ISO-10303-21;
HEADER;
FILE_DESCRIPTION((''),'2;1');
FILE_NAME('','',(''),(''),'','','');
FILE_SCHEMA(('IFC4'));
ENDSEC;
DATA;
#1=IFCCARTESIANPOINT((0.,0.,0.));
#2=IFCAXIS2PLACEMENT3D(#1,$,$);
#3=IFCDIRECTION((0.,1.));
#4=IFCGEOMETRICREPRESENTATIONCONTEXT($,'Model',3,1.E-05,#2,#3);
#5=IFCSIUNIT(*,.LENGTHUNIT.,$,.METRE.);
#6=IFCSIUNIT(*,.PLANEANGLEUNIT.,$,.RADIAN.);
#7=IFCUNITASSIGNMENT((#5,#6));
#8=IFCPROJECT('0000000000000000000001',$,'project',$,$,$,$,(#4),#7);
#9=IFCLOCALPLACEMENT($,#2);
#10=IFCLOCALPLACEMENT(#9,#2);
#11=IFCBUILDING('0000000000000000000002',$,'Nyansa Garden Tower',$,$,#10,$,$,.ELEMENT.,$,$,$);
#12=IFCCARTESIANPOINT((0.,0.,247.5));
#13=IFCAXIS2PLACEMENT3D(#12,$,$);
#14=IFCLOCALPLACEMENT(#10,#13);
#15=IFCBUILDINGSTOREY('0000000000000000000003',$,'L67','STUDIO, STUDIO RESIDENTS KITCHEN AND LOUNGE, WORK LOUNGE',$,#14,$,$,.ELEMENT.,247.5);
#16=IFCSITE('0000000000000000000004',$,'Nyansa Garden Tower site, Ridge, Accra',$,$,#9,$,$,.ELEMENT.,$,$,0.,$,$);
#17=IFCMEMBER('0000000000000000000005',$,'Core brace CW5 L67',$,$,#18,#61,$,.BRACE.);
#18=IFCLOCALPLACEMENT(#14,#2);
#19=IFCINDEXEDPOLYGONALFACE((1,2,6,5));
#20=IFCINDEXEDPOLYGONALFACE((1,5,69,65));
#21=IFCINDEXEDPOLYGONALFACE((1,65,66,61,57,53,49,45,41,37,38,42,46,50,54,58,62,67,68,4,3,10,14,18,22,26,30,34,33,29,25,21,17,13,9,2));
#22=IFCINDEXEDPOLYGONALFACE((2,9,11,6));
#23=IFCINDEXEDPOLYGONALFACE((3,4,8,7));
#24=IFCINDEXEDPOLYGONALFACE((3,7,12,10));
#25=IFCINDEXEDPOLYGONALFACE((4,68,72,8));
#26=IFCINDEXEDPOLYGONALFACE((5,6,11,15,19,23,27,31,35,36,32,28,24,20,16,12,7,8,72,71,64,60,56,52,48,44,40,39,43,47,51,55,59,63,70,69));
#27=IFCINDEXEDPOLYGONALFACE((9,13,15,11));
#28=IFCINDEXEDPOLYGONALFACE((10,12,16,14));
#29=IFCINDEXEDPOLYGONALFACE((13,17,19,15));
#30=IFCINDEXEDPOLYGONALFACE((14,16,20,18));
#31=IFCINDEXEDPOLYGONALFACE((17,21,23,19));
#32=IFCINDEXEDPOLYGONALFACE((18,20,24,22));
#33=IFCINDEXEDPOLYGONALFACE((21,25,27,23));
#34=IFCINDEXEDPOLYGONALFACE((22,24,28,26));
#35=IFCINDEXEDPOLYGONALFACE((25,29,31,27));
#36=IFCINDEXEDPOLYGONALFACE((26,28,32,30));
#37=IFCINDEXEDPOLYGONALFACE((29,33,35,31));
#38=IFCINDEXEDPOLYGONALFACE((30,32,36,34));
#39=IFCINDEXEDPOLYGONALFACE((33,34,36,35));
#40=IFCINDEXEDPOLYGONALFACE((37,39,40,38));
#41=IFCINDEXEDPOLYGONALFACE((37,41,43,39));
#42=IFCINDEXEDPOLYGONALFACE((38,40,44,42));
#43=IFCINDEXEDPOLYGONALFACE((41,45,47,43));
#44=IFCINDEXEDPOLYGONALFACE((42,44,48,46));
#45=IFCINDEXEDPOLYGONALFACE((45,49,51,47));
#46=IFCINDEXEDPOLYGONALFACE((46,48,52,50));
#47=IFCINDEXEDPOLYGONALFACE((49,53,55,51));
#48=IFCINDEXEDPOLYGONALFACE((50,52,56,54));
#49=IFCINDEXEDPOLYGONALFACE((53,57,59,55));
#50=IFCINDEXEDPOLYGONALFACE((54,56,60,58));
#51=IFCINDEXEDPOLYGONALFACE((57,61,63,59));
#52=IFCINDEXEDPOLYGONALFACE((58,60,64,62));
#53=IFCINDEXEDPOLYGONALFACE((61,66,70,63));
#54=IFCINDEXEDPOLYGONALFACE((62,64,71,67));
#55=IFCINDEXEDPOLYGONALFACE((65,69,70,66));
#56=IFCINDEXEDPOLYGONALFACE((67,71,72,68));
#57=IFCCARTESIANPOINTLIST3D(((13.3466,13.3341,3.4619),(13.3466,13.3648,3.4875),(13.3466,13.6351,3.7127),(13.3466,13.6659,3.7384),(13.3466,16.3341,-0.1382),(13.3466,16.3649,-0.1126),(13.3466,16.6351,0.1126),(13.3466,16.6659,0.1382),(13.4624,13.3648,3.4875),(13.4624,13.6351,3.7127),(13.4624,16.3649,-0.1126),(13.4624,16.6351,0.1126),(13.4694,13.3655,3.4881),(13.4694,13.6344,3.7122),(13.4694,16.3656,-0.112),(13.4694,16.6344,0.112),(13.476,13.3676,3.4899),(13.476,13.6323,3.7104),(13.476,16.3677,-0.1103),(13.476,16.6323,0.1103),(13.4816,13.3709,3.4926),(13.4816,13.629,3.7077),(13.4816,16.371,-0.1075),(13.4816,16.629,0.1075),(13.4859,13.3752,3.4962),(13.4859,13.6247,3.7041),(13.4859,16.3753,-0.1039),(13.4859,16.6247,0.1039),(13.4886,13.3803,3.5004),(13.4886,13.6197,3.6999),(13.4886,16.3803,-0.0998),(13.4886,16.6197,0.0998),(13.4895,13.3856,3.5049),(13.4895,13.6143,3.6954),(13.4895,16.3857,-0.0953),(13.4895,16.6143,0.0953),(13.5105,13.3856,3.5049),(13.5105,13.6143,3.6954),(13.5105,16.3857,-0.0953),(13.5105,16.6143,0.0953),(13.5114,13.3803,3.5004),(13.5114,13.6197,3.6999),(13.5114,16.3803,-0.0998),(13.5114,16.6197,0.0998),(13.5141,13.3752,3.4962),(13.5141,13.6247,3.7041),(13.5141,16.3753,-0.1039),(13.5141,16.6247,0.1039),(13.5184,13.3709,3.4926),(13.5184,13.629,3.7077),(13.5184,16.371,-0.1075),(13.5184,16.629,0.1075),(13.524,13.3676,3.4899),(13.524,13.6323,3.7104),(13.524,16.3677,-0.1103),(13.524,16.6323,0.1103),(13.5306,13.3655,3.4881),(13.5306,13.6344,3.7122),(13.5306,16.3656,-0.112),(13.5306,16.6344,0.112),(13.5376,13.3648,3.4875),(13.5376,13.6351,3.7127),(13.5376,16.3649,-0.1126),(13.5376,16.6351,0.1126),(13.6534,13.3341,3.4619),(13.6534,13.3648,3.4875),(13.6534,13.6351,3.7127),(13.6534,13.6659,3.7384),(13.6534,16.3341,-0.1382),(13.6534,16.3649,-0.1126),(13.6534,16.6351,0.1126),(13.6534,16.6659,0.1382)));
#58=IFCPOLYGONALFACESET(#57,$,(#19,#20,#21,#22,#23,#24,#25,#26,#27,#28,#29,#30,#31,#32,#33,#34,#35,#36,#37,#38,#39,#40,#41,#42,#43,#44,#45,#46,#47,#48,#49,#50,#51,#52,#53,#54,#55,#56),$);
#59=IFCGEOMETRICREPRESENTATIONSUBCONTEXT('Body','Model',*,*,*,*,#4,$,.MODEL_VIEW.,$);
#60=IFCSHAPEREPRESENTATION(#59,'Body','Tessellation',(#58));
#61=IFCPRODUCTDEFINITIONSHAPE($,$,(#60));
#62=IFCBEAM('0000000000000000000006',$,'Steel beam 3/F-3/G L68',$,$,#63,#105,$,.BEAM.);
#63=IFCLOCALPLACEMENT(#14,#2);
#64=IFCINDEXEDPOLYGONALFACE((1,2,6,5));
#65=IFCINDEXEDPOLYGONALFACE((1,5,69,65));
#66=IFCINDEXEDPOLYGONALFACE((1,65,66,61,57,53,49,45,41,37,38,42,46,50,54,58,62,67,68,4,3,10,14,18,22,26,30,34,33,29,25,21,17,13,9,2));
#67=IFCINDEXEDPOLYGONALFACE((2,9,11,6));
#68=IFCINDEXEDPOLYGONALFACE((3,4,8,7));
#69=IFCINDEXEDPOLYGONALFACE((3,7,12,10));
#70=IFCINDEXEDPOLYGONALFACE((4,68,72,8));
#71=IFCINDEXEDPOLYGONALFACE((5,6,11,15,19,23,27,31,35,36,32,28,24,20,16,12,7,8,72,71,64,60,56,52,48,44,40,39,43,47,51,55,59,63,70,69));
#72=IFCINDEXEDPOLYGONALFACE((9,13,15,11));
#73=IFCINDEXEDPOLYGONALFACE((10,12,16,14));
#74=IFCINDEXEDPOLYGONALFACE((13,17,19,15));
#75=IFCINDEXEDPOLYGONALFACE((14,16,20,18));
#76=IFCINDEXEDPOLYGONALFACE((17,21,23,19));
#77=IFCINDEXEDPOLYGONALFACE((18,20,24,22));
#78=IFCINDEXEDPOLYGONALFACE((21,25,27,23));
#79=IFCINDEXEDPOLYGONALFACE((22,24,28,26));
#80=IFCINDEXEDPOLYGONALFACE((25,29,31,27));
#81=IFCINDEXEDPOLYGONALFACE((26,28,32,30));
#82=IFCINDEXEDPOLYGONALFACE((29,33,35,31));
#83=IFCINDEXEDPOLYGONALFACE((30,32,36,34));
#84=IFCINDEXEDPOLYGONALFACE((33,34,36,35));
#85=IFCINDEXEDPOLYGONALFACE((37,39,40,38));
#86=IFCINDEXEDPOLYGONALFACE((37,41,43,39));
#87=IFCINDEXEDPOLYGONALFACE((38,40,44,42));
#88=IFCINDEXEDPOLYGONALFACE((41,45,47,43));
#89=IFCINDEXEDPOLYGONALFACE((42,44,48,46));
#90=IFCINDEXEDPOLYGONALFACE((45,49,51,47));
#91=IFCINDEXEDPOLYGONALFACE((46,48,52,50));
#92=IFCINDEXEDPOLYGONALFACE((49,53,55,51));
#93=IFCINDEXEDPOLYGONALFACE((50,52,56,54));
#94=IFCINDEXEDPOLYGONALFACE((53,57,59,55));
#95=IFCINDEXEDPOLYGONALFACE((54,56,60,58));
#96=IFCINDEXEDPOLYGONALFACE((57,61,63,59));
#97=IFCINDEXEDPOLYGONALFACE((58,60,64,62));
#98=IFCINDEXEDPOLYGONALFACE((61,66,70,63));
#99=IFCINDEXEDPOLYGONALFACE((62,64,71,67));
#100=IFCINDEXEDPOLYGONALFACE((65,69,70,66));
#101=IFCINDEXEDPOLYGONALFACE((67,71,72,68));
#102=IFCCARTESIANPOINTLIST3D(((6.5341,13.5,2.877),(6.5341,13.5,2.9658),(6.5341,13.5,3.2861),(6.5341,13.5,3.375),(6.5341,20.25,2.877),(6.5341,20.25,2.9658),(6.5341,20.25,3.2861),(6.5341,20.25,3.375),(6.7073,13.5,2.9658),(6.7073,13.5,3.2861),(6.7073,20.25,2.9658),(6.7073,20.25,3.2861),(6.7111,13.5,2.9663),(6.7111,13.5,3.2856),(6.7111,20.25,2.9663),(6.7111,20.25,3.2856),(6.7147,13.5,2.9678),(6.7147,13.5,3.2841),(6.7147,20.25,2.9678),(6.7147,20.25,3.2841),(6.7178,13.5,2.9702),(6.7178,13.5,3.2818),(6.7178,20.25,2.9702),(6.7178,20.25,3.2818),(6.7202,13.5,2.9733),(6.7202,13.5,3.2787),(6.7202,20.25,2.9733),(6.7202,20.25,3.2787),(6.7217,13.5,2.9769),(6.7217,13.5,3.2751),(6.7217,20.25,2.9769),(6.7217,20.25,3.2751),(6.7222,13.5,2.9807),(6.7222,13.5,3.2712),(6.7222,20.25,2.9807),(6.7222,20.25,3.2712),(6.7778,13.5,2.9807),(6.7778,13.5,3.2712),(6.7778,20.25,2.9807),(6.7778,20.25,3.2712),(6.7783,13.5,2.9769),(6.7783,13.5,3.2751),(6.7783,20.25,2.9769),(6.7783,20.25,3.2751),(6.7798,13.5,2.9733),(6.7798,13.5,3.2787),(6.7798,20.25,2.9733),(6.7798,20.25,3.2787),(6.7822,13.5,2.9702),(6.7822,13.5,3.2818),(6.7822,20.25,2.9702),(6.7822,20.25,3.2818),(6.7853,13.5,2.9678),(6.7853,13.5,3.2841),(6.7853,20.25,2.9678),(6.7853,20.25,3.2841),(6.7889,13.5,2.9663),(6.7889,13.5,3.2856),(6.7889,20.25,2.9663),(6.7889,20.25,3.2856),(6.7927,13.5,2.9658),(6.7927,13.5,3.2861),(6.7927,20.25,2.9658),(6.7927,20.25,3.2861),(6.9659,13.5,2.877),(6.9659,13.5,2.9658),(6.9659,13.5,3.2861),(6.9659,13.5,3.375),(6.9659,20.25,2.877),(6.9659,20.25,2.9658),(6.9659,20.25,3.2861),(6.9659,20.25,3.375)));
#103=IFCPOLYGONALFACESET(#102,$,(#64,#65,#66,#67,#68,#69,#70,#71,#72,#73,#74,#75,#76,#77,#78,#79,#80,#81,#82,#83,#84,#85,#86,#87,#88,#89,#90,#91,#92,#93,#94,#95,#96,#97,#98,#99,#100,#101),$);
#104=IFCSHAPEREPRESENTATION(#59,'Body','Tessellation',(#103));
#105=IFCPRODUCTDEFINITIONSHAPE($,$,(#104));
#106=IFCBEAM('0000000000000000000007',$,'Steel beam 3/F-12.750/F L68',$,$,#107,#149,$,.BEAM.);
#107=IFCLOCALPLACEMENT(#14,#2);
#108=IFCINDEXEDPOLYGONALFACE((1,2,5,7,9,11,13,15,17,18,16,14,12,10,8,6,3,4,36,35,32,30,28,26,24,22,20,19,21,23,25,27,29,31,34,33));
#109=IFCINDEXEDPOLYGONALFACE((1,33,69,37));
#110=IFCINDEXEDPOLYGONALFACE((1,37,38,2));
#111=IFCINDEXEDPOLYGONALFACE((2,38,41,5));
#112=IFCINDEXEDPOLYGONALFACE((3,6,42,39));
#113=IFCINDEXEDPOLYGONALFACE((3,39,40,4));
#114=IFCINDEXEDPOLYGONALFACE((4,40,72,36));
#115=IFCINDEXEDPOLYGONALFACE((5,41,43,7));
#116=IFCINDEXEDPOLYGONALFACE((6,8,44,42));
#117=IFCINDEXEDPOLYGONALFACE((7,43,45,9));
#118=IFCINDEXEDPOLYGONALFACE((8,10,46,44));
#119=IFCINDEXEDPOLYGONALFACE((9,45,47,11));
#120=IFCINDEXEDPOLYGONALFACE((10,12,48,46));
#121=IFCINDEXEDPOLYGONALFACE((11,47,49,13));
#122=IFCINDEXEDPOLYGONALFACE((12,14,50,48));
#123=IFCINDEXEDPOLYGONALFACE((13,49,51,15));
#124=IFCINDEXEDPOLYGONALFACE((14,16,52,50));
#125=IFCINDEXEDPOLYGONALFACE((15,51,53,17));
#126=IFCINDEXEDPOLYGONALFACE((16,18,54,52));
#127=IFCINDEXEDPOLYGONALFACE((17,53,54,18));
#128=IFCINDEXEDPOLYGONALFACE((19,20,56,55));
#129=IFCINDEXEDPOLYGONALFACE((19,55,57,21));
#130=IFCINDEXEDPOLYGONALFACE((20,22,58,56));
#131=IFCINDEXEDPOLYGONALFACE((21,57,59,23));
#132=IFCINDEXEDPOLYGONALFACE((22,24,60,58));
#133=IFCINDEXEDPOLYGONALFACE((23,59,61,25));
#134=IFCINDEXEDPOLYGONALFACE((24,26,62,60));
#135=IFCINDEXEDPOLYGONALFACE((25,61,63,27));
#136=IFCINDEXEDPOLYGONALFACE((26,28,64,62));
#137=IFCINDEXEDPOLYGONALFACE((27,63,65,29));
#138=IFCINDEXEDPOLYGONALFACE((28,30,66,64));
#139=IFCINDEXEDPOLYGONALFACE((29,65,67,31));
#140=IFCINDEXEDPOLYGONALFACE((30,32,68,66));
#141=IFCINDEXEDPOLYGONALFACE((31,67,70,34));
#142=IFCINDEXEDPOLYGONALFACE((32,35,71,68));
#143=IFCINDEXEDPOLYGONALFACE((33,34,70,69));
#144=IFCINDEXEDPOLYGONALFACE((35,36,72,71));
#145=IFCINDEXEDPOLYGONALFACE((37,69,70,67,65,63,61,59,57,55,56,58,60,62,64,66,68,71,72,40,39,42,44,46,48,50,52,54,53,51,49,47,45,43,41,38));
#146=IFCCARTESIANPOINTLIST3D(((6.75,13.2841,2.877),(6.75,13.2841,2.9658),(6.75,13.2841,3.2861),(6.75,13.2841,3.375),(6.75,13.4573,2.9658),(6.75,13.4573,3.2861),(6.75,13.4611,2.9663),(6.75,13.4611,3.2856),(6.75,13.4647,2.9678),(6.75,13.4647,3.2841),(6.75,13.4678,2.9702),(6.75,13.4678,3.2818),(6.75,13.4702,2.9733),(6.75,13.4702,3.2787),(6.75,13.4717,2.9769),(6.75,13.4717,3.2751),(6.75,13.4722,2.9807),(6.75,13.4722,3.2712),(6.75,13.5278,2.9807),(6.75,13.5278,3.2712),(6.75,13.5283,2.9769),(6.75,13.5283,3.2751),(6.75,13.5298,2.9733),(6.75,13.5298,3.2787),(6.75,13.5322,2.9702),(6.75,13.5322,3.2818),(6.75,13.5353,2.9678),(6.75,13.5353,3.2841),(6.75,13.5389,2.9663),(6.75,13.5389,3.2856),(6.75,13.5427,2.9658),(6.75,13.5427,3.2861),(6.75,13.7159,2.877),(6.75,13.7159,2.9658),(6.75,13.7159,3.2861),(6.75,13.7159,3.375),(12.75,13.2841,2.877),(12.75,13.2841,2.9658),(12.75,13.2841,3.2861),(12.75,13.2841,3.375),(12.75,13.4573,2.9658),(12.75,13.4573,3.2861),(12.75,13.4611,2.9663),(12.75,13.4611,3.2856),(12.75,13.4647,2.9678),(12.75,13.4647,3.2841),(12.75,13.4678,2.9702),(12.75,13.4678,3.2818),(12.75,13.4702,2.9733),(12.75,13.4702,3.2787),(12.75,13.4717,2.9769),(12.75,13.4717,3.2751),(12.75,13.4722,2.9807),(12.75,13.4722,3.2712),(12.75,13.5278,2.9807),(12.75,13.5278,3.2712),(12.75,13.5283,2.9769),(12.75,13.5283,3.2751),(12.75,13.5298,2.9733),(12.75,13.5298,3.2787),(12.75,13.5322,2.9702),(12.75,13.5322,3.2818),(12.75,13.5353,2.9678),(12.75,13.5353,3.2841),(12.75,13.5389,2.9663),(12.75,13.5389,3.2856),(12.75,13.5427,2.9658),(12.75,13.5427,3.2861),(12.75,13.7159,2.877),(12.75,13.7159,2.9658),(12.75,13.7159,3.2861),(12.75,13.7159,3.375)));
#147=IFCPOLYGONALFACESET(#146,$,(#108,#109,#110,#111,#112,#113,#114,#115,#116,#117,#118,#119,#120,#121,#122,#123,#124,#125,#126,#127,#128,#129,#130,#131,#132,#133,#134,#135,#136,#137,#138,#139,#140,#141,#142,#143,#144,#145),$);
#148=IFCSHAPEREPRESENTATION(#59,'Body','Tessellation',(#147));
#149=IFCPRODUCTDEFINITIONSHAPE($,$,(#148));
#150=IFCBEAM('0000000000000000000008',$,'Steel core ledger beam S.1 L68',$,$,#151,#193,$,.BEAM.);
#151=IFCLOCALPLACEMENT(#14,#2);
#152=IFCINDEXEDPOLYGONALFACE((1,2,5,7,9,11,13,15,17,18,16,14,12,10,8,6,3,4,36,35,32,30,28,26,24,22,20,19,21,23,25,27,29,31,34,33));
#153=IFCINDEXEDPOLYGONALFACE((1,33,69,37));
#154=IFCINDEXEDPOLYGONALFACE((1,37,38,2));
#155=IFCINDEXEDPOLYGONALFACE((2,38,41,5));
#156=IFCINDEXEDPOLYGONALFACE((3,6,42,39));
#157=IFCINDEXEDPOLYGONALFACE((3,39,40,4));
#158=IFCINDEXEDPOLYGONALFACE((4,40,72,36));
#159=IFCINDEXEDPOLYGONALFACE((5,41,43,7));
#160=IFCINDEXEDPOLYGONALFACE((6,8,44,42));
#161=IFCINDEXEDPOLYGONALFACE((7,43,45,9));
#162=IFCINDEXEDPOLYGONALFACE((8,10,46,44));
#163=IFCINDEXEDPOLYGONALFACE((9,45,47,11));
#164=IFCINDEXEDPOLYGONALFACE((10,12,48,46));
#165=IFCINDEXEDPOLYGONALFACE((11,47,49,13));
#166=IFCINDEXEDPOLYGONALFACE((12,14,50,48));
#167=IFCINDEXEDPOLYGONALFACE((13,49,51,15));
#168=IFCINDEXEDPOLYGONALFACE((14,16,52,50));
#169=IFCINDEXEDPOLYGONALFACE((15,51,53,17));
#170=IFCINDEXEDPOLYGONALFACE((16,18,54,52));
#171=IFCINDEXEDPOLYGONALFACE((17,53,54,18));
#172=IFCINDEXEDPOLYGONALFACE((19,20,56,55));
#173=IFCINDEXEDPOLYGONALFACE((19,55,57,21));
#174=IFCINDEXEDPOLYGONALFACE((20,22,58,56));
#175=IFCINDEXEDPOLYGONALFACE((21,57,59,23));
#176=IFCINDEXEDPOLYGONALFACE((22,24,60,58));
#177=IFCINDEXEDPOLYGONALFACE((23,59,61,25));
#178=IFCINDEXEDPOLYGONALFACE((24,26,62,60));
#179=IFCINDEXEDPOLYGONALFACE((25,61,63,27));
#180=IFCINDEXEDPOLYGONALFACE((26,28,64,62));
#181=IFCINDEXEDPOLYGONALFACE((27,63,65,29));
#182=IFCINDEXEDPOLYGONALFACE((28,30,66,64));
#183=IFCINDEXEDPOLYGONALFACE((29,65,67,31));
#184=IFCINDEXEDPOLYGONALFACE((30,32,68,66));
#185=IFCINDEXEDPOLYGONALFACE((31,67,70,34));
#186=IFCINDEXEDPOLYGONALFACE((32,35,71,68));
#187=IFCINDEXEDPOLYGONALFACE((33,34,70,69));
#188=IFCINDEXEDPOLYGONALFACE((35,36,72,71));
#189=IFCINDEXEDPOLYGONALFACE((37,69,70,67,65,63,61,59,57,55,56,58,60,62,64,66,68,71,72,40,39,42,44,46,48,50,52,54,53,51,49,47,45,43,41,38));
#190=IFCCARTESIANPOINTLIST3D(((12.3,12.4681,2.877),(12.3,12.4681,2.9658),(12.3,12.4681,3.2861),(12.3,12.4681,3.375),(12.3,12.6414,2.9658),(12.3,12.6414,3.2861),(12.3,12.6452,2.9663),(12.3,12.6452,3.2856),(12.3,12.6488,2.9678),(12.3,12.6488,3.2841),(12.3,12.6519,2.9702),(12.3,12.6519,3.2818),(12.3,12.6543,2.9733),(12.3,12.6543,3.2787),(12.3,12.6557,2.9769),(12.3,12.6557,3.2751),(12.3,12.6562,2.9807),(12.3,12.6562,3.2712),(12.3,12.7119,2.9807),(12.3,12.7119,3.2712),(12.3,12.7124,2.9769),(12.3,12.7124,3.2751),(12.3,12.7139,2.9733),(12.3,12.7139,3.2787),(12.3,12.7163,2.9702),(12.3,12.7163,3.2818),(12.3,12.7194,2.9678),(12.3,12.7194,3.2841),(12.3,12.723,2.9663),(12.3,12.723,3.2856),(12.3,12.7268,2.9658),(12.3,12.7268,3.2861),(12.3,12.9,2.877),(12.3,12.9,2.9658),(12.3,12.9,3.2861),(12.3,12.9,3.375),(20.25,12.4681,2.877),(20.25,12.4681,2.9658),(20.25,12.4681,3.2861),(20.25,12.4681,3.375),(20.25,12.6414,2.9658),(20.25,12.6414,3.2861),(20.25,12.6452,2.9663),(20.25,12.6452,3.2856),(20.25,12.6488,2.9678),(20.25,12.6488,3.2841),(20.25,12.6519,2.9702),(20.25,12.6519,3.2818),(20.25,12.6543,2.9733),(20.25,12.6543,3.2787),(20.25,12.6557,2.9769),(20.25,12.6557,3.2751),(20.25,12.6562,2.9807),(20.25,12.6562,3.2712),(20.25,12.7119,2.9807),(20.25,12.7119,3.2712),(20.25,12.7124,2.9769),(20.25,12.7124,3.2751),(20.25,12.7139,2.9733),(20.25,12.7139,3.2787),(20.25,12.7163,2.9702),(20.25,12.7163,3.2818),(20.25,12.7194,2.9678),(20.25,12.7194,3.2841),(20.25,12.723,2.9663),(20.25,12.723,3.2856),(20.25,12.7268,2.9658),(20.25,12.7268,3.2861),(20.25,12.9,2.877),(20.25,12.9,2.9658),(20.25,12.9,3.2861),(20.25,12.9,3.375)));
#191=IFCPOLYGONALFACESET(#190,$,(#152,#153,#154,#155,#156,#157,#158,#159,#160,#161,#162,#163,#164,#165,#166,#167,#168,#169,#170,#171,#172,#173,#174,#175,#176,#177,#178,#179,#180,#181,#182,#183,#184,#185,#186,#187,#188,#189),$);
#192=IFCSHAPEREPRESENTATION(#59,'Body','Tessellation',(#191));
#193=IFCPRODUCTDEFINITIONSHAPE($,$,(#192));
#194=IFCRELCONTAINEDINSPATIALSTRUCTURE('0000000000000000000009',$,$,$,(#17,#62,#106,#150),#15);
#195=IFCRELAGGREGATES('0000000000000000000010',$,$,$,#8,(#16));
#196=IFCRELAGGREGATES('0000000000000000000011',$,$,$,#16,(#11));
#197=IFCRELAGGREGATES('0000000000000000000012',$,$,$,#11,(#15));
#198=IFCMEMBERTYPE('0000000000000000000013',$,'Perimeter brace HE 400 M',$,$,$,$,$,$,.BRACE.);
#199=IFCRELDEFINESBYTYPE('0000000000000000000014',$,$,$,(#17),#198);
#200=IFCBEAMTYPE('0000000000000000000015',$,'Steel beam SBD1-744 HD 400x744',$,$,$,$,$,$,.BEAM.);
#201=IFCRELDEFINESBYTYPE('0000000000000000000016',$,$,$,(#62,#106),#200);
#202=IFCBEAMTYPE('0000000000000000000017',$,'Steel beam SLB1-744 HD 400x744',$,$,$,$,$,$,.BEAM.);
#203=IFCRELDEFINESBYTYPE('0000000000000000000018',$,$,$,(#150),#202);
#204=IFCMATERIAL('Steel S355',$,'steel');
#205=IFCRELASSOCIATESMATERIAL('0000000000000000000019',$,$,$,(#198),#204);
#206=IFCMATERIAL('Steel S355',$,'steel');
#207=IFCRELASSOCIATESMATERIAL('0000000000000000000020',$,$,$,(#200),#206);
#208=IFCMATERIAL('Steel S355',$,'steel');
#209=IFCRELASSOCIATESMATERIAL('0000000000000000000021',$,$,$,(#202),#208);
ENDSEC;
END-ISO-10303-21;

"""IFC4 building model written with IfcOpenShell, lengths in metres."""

from ifc_helpers import new_model, si_unit, direction, frame, origin, origin_2d, place, context, subcontext, project, spatial, i_section, extrude, material, material_profile, profile_set, type_object, element, save


model = new_model("IFC4")

# Units and contexts
model_context = context("Model", 3, precision=1e-05, world=origin(), true_north=direction((0.0, 1.0)))
body_context = subcontext(model_context, "Body", "Model", "MODEL_VIEW")
ifc_project = project(units=[si_unit("LENGTHUNIT", "METRE"), si_unit("PLANEANGLEUNIT", "RADIAN")], contexts=[model_context])

# Site, building, storey
site_placement = place(None, origin())
site = spatial("IfcSite", under=ifc_project, at=site_placement, Name="Nyansa Garden Tower site, Ridge, Accra", CompositionType="ELEMENT", RefElevation=0.0)
building_placement = place(site_placement, origin())
building = spatial("IfcBuilding", under=site, at=building_placement, Name="Nyansa Garden Tower", CompositionType="ELEMENT")
storey_placement = place(building_placement, frame((0.0, 0.0, 247.5)))
storey = spatial("IfcBuildingStorey", under=building, at=storey_placement, Name="L67", Description="STUDIO, STUDIO RESIDENTS KITCHEN AND LOUNGE, WORK LOUNGE", CompositionType="ELEMENT", Elevation=247.5)

# Member
ifc_material_1 = material(Name="Steel S355", Category="steel")
ifc_material_profile_1 = material_profile(ifc_material_1, i_section(OverallWidth=0.3069, OverallDepth=0.4319, WebThickness=0.021, FlangeThickness=0.04, FilletRadius=0.0271, at=origin_2d()), Name="HE 400 M")
ifc_profile_set_1 = profile_set([ifc_material_profile_1], Name="Steel S355")
member_type = type_object("IfcMemberType", Name="Perimeter brace HE 400 M", PredefinedType="BRACE", material=ifc_profile_set_1)
member_placement = place(storey_placement, frame((13.5, 16.5, 0.0), z_axis=(0.0, -0.640174, 0.76823), x_axis=(1.0, 0.0, 0.0)))
element("IfcMember", 1, at=member_placement, inside=storey, type_object=member_type, Name="Core brace CW5 L67", PredefinedType="BRACE", context=body_context, shape_type="SweptSolid", body=[
    extrude(i_section(OverallWidth=0.3069, OverallDepth=0.4319, WebThickness=0.021, FlangeThickness=0.04, FilletRadius=0.0271, at=origin_2d()), origin(), (0.0, 0.0, 1.0), 4.6863),
])

# Beams
ifc_material_2 = material(Name="Steel S355", Category="steel")
ifc_material_profile_2 = material_profile(ifc_material_2, i_section(OverallWidth=0.4319, OverallDepth=0.498, WebThickness=0.0557, FlangeThickness=0.0889, FilletRadius=0.0149, at=origin_2d()), Name="HD 400x744")
ifc_profile_set_2 = profile_set([ifc_material_profile_2], Name="Steel S355")
beam_type_1 = type_object("IfcBeamType", Name="Steel beam SBD1-744 HD 400x744", PredefinedType="BEAM", material=ifc_profile_set_2)
beam_1_placement = place(storey_placement, frame((6.75, 13.5, 3.126), z_axis=(0.0, 1.0, 0.0), x_axis=(-1.0, 0.0, 0.0)))
element("IfcBeam", 2, at=beam_1_placement, inside=storey, type_object=beam_type_1, Name="Steel beam 3/F-3/G L68", PredefinedType="BEAM", context=body_context, shape_type="SweptSolid", body=[
    extrude(i_section(OverallWidth=0.4319, OverallDepth=0.498, WebThickness=0.0557, FlangeThickness=0.0889, FilletRadius=0.0149, at=origin_2d()), origin(), (0.0, 0.0, 1.0), 6.75),
])
beam_2_placement = place(storey_placement, frame((6.75, 13.5, 3.126), z_axis=(1.0, 0.0, 0.0), x_axis=(0.0, 1.0, 0.0)))
element("IfcBeam", 3, at=beam_2_placement, inside=storey, type_object=beam_type_1, Name="Steel beam 3/F-12.750/F L68", PredefinedType="BEAM", context=body_context, shape_type="SweptSolid", body=[
    extrude(i_section(OverallWidth=0.4319, OverallDepth=0.498, WebThickness=0.0557, FlangeThickness=0.0889, FilletRadius=0.0149, at=origin_2d()), origin(), (0.0, 0.0, 1.0), 6.0),
])
ifc_material_3 = material(Name="Steel S355", Category="steel")
ifc_material_profile_3 = material_profile(ifc_material_3, i_section(OverallWidth=0.4319, OverallDepth=0.498, WebThickness=0.0557, FlangeThickness=0.0889, FilletRadius=0.0149, at=origin_2d()), Name="HD 400x744")
ifc_profile_set_3 = profile_set([ifc_material_profile_3], Name="Steel S355")
beam_type_2 = type_object("IfcBeamType", Name="Steel beam SLB1-744 HD 400x744", PredefinedType="BEAM", material=ifc_profile_set_3)
beam_3_placement = place(storey_placement, frame((12.3, 12.6841, 3.126), z_axis=(1.0, 0.0, 0.0), x_axis=(0.0, 1.0, 0.0)))
element("IfcBeam", 4, at=beam_3_placement, inside=storey, type_object=beam_type_2, Name="Steel core ledger beam S.1 L68", PredefinedType="BEAM", context=body_context, shape_type="SweptSolid", body=[
    extrude(i_section(OverallWidth=0.4319, OverallDepth=0.498, WebThickness=0.0557, FlangeThickness=0.0889, FilletRadius=0.0149, at=origin_2d()), origin(), (0.0, 0.0, 1.0), 7.95),
])

save(model, "model.ifc")
